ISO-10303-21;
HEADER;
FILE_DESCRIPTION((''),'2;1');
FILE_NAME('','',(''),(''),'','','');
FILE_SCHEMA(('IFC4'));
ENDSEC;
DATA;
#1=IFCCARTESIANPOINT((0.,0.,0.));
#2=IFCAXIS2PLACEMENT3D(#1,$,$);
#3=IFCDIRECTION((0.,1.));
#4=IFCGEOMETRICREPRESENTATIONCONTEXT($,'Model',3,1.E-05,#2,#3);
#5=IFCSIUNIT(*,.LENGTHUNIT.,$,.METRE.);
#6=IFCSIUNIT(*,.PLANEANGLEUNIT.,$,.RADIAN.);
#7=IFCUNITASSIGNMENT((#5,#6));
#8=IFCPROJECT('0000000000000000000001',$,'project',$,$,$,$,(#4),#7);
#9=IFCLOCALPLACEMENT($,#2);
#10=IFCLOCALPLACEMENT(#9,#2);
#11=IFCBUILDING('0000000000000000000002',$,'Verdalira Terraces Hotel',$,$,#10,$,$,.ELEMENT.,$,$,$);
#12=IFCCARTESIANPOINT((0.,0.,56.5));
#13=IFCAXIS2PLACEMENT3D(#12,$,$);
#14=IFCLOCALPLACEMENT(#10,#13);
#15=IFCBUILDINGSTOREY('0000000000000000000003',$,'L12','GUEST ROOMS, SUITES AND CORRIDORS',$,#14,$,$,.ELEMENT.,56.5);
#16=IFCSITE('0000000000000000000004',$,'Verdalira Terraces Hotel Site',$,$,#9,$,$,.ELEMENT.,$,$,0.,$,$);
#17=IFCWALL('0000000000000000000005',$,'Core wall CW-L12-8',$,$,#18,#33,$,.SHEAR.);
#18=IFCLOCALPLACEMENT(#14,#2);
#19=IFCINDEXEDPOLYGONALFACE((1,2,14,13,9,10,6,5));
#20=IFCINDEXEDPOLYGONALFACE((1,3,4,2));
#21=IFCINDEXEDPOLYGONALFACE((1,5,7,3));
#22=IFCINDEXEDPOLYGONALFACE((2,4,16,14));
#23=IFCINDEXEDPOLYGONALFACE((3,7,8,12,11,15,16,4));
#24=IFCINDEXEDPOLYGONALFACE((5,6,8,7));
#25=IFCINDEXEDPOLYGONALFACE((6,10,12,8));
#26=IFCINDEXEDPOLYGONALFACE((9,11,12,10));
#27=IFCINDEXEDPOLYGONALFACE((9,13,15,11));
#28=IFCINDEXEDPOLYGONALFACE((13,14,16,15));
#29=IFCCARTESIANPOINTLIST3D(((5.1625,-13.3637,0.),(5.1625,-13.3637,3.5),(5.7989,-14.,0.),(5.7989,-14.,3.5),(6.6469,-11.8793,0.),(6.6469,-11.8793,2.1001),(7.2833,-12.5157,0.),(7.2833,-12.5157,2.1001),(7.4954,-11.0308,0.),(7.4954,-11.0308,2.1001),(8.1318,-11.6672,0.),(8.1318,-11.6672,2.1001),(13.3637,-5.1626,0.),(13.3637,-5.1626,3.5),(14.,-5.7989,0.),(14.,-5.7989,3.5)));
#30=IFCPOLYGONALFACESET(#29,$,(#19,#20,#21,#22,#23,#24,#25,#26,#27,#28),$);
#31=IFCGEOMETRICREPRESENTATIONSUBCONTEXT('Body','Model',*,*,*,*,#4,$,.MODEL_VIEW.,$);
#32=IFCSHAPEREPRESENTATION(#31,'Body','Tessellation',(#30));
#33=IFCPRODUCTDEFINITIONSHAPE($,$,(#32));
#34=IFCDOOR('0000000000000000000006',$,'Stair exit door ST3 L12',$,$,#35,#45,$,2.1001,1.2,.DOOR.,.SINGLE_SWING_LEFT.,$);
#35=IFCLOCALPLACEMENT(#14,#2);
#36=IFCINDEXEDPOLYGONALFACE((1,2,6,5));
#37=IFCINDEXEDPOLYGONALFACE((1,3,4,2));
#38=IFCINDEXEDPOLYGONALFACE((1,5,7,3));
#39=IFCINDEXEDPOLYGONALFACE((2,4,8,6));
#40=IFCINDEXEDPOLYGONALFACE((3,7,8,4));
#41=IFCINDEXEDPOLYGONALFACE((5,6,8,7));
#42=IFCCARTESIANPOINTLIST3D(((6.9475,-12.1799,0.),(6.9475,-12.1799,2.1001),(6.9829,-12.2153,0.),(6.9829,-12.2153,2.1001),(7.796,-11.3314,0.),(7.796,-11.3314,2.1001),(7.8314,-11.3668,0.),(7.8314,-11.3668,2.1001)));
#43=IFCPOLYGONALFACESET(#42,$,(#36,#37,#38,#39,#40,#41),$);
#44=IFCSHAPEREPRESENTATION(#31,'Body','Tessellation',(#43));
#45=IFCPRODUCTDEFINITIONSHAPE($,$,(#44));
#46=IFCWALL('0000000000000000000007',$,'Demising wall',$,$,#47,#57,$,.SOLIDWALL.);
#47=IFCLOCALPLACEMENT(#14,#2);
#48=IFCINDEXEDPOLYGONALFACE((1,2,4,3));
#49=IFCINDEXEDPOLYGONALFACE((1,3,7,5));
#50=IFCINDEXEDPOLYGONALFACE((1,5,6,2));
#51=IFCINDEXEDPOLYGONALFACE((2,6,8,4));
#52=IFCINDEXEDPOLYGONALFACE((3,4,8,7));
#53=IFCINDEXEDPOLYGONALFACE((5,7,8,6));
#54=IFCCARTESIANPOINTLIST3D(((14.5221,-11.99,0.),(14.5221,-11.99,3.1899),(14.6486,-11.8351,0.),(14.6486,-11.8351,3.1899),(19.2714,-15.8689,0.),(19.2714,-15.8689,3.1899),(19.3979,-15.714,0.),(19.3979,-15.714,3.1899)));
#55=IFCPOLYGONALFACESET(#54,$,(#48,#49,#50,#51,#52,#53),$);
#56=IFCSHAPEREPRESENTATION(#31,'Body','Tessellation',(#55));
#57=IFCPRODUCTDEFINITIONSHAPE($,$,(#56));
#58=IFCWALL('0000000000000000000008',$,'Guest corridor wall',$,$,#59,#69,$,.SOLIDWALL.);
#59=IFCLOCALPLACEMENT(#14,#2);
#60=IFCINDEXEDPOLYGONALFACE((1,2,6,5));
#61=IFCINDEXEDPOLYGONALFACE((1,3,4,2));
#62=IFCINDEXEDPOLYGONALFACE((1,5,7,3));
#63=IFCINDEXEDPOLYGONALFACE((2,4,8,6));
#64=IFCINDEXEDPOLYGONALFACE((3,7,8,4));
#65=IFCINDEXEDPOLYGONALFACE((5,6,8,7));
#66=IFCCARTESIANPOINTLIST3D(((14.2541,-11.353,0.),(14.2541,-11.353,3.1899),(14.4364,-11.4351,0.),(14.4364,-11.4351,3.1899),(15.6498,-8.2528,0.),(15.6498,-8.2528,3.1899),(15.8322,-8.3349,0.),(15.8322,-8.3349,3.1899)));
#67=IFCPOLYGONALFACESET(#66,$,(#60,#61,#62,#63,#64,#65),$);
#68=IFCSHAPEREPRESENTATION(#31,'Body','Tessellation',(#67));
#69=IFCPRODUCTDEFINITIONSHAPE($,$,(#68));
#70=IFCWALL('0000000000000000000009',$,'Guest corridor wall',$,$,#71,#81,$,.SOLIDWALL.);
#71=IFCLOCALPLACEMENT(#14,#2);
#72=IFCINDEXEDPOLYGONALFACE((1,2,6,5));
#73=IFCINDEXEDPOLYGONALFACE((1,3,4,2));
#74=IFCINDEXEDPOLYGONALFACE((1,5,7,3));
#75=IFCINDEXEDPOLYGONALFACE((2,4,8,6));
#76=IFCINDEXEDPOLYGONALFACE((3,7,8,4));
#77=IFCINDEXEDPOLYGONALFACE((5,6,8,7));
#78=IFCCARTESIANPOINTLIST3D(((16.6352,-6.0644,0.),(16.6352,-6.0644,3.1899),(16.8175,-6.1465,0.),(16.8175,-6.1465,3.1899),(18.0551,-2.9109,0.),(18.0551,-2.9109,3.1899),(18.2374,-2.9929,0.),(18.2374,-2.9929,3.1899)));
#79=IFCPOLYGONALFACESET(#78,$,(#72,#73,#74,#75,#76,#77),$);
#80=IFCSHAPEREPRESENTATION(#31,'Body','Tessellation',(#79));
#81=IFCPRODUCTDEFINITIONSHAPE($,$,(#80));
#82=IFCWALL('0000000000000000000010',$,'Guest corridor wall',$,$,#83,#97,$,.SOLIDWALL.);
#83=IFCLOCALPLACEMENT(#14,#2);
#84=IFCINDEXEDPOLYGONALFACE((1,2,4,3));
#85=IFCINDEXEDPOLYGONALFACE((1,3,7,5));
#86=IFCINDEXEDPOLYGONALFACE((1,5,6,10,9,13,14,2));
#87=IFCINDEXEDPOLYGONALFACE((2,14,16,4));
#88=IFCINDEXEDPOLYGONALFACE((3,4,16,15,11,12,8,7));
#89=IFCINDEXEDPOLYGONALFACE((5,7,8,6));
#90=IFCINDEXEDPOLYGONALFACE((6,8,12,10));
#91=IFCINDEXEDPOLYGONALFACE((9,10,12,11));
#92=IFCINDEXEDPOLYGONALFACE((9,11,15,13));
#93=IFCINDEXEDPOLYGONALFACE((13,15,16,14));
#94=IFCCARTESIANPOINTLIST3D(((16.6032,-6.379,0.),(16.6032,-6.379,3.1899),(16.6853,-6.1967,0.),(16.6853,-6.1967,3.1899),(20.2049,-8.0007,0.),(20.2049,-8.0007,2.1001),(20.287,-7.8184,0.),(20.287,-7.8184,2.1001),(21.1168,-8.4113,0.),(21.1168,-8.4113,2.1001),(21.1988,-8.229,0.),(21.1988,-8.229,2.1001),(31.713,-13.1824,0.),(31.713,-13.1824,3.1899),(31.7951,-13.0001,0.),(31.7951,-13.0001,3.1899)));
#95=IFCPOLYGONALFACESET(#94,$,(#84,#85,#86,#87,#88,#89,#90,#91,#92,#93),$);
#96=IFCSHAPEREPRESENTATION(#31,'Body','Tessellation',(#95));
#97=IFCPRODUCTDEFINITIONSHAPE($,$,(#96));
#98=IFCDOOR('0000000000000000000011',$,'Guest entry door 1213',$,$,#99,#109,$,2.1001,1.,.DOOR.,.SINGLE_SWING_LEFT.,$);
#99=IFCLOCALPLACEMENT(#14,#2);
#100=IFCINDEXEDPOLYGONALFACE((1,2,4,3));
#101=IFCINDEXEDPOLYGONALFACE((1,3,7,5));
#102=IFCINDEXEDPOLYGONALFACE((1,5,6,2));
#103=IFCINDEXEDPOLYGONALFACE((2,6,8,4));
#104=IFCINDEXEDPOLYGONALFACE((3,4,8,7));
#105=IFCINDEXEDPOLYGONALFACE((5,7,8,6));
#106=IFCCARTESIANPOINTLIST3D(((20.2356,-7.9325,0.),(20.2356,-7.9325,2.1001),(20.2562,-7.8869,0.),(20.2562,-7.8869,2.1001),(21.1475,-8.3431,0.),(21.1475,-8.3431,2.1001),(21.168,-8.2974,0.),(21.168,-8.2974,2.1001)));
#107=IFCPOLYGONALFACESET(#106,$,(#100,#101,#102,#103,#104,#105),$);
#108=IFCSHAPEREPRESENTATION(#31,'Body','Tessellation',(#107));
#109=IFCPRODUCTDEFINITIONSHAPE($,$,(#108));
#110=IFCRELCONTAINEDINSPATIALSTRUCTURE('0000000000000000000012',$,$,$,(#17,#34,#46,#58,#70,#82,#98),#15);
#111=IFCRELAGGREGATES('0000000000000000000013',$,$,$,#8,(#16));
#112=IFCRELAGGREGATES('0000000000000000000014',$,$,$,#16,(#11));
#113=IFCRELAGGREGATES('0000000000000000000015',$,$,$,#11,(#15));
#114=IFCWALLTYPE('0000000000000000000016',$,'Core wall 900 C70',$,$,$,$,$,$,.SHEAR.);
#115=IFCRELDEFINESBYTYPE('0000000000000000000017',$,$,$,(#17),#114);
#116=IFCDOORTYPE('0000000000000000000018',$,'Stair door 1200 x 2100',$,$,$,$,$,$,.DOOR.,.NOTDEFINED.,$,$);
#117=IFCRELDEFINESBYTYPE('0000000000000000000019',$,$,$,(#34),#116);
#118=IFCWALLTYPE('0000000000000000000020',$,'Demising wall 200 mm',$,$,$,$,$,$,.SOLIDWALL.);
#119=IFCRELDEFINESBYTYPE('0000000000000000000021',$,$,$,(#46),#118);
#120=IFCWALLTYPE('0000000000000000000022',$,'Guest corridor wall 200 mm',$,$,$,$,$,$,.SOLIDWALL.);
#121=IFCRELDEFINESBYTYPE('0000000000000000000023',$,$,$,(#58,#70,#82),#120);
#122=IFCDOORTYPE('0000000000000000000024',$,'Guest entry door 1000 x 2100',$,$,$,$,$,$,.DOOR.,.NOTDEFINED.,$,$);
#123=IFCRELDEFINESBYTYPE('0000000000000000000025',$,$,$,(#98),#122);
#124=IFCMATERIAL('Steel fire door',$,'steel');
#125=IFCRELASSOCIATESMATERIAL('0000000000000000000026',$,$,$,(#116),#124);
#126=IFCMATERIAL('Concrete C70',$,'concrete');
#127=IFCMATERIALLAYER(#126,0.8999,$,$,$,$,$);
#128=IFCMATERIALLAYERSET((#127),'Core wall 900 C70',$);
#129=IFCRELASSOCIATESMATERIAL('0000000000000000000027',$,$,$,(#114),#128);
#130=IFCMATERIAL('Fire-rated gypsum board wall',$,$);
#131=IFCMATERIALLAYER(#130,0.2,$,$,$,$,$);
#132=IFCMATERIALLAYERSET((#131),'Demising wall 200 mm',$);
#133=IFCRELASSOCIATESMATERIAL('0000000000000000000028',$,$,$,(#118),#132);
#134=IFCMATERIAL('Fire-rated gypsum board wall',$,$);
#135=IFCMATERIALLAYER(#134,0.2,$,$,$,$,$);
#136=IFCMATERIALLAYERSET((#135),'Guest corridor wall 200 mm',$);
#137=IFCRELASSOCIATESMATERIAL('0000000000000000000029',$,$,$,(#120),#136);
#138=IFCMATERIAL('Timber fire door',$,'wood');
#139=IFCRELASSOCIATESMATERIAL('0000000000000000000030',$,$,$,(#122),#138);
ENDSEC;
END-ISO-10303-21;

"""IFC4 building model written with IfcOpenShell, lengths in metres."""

from ifc_helpers import new_model, si_unit, direction, frame, frame_2d, origin, place, context, subcontext, project, spatial, rectangle, extrude, material, layer, layer_set, type_object, element, fill, save


model = new_model("IFC4")

# Units and contexts
model_context = context("Model", 3, precision=1e-05, world=origin(), true_north=direction((0.0, 1.0)))
body_context = subcontext(model_context, "Body", "Model", "MODEL_VIEW")
ifc_project = project(units=[si_unit("LENGTHUNIT", "METRE"), si_unit("PLANEANGLEUNIT", "RADIAN")], contexts=[model_context])

# Site, building, storey
site_placement = place(None, origin())
site = spatial("IfcSite", under=ifc_project, at=site_placement, Name="Verdalira Terraces Hotel Site", CompositionType="ELEMENT", RefElevation=0.0)
building_placement = place(site_placement, origin())
building = spatial("IfcBuilding", under=site, at=building_placement, Name="Verdalira Terraces Hotel", CompositionType="ELEMENT")
storey_placement = place(building_placement, frame((0.0, 0.0, 56.5)))
storey = spatial("IfcBuildingStorey", under=building, at=storey_placement, Name="L12", Description="GUEST ROOMS, SUITES AND CORRIDORS", CompositionType="ELEMENT", Elevation=56.5)

# Shared definitions
ifc_material_1 = material(Name="Steel fire door", Category="steel")
door_type_1 = type_object("IfcDoorType", Name="Stair door 1200 x 2100", OperationType="NOTDEFINED", PredefinedType="DOOR", material=ifc_material_1)

# Wall, opening, door
ifc_material_2 = material(Name="Concrete C70", Category="concrete")
ifc_layer_1 = layer(ifc_material_2, 0.8999)
ifc_layer_set_1 = layer_set([ifc_layer_1], Name="Core wall 900 C70")
wall_type_1 = type_object("IfcWallType", Name="Core wall 900 C70", PredefinedType="SHEAR", material=ifc_layer_set_1)
wall_1_placement = place(storey_placement, frame((5.4807, -13.6819, 0.0), z_axis=(0.0, 0.0, 1.0), x_axis=(0.707107, 0.707107, 0.0)))
wall_1 = element("IfcWall", 1, at=wall_1_placement, inside=storey, type_object=wall_type_1, Name="Core wall CW-L12-8", PredefinedType="SHEAR", context=body_context, shape_type="SweptSolid", body=[
    extrude(rectangle(XDim=11.5981, YDim=0.8999, at=frame_2d((5.7991, 0.0))), origin(), (0.0, 0.0, 1.0), 3.5),
])
opening_1_placement = place(wall_1_placement, frame((2.0991, 0.0, 0.0)))
opening_1 = element("IfcOpeningElement", 2, at=opening_1_placement, cuts=wall_1, PredefinedType="OPENING", context=body_context, shape_type="SweptSolid", body=[
    extrude(rectangle(XDim=1.2, YDim=2.1001, at=frame_2d((0.6001, 1.05))), frame((0.0, 0.46, 0.0), z_axis=(0.0, -1.0, 0.0), x_axis=(1.0, 0.0, 0.0)), (0.0, 0.0, 1.0), 0.9199),
])
door_1_placement = place(opening_1_placement, origin())
door_1 = element("IfcDoor", 3, at=door_1_placement, inside=storey, type_object=door_type_1, Name="Stair exit door ST3 L12", OperationType="SINGLE_SWING_LEFT", OverallHeight=2.1001, OverallWidth=1.2, PredefinedType="DOOR", context=body_context, shape_type="SweptSolid", body=[
    extrude(rectangle(XDim=1.2, YDim=2.1001, at=frame_2d((0.6001, 1.05))), frame((0.0, 0.0249, 0.0), z_axis=(0.0, -1.0, 0.0), x_axis=(1.0, 0.0, 0.0)), (0.0, 0.0, 1.0), 0.05),
])
fill(opening_1, door_1)

# Walls
ifc_material_3 = material(Name="Fire-rated gypsum board wall")
ifc_layer_2 = layer(ifc_material_3, 0.2)
ifc_layer_set_2 = layer_set([ifc_layer_2], Name="Demising wall 200 mm")
wall_type_2 = type_object("IfcWallType", Name="Demising wall 200 mm", PredefinedType="SOLIDWALL", material=ifc_layer_set_2)
wall_2_placement = place(storey_placement, frame((14.5854, -11.9126, 0.0), z_axis=(0.0, 0.0, 1.0), x_axis=(0.774505, -0.632568, 0.0)))
element("IfcWall", 4, at=wall_2_placement, inside=storey, type_object=wall_type_2, Name="Demising wall", PredefinedType="SOLIDWALL", context=body_context, shape_type="SweptSolid", body=[
    extrude(rectangle(XDim=6.1321, YDim=0.2, at=frame_2d((3.0659, 0.0))), origin(), (0.0, 0.0, 1.0), 3.1899),
])
ifc_material_4 = material(Name="Fire-rated gypsum board wall")
ifc_layer_3 = layer(ifc_material_4, 0.2)
ifc_layer_set_3 = layer_set([ifc_layer_3], Name="Guest corridor wall 200 mm")
wall_type_3 = type_object("IfcWallType", Name="Guest corridor wall 200 mm", PredefinedType="SOLIDWALL", material=ifc_layer_set_3)
wall_3_placement = place(storey_placement, frame((14.3452, -11.394, 0.0), z_axis=(0.0, 0.0, 1.0), x_axis=(0.410538, 0.911844, 0.0)))
element("IfcWall", 5, at=wall_3_placement, inside=storey, type_object=wall_type_3, Name="Guest corridor wall", PredefinedType="SOLIDWALL", context=body_context, shape_type="SweptSolid", body=[
    extrude(rectangle(XDim=3.3999, YDim=0.2, at=frame_2d((1.7, 0.0))), origin(), (0.0, 0.0, 1.0), 3.1899),
])
wall_4_placement = place(storey_placement, frame((16.7263, -6.1055, 0.0), z_axis=(0.0, 0.0, 1.0), x_axis=(0.410561, 0.911833, 0.0)))
element("IfcWall", 6, at=wall_4_placement, inside=storey, type_object=wall_type_3, Name="Guest corridor wall", PredefinedType="SOLIDWALL", context=body_context, shape_type="SweptSolid", body=[
    extrude(rectangle(XDim=3.4585, YDim=0.2, at=frame_2d((1.7292, 0.0))), origin(), (0.0, 0.0, 1.0), 3.1899),
])

# Wall, opening, door
wall_5_placement = place(storey_placement, frame((16.6443, -6.2878, 0.0), z_axis=(0.0, 0.0, 1.0), x_axis=(0.911831, -0.410567, 0.0)))
wall_5 = element("IfcWall", 7, at=wall_5_placement, inside=storey, type_object=wall_type_3, Name="Guest corridor wall", PredefinedType="SOLIDWALL", context=body_context, shape_type="SweptSolid", body=[
    extrude(rectangle(XDim=16.5708, YDim=0.2, at=frame_2d((8.2854, 0.0))), origin(), (0.0, 0.0, 1.0), 3.1899),
])
opening_2_placement = place(wall_5_placement, frame((3.95, 0.0, 0.0)))
opening_2 = element("IfcOpeningElement", 8, at=opening_2_placement, cuts=wall_5, PredefinedType="OPENING", context=body_context, shape_type="SweptSolid", body=[
    extrude(rectangle(XDim=1.0, YDim=2.1001, at=frame_2d((0.5, 1.05))), frame((0.0, 0.1099, 0.0), z_axis=(0.0, -1.0, 0.0), x_axis=(1.0, 0.0, 0.0)), (0.0, 0.0, 1.0), 0.22),
])
ifc_material_5 = material(Name="Timber fire door", Category="wood")
door_type_2 = type_object("IfcDoorType", Name="Guest entry door 1000 x 2100", OperationType="NOTDEFINED", PredefinedType="DOOR", material=ifc_material_5)
door_2_placement = place(opening_2_placement, origin())
door_2 = element("IfcDoor", 9, at=door_2_placement, inside=storey, type_object=door_type_2, Name="Guest entry door 1213", OperationType="SINGLE_SWING_LEFT", OverallHeight=2.1001, OverallWidth=1.0, PredefinedType="DOOR", context=body_context, shape_type="SweptSolid", body=[
    extrude(rectangle(XDim=1.0, YDim=2.1001, at=frame_2d((0.5, 1.05))), frame((0.0, 0.0249, 0.0), z_axis=(0.0, -1.0, 0.0), x_axis=(1.0, 0.0, 0.0)), (0.0, 0.0, 1.0), 0.05),
])
fill(opening_2, door_2)

save(model, "model.ifc")
